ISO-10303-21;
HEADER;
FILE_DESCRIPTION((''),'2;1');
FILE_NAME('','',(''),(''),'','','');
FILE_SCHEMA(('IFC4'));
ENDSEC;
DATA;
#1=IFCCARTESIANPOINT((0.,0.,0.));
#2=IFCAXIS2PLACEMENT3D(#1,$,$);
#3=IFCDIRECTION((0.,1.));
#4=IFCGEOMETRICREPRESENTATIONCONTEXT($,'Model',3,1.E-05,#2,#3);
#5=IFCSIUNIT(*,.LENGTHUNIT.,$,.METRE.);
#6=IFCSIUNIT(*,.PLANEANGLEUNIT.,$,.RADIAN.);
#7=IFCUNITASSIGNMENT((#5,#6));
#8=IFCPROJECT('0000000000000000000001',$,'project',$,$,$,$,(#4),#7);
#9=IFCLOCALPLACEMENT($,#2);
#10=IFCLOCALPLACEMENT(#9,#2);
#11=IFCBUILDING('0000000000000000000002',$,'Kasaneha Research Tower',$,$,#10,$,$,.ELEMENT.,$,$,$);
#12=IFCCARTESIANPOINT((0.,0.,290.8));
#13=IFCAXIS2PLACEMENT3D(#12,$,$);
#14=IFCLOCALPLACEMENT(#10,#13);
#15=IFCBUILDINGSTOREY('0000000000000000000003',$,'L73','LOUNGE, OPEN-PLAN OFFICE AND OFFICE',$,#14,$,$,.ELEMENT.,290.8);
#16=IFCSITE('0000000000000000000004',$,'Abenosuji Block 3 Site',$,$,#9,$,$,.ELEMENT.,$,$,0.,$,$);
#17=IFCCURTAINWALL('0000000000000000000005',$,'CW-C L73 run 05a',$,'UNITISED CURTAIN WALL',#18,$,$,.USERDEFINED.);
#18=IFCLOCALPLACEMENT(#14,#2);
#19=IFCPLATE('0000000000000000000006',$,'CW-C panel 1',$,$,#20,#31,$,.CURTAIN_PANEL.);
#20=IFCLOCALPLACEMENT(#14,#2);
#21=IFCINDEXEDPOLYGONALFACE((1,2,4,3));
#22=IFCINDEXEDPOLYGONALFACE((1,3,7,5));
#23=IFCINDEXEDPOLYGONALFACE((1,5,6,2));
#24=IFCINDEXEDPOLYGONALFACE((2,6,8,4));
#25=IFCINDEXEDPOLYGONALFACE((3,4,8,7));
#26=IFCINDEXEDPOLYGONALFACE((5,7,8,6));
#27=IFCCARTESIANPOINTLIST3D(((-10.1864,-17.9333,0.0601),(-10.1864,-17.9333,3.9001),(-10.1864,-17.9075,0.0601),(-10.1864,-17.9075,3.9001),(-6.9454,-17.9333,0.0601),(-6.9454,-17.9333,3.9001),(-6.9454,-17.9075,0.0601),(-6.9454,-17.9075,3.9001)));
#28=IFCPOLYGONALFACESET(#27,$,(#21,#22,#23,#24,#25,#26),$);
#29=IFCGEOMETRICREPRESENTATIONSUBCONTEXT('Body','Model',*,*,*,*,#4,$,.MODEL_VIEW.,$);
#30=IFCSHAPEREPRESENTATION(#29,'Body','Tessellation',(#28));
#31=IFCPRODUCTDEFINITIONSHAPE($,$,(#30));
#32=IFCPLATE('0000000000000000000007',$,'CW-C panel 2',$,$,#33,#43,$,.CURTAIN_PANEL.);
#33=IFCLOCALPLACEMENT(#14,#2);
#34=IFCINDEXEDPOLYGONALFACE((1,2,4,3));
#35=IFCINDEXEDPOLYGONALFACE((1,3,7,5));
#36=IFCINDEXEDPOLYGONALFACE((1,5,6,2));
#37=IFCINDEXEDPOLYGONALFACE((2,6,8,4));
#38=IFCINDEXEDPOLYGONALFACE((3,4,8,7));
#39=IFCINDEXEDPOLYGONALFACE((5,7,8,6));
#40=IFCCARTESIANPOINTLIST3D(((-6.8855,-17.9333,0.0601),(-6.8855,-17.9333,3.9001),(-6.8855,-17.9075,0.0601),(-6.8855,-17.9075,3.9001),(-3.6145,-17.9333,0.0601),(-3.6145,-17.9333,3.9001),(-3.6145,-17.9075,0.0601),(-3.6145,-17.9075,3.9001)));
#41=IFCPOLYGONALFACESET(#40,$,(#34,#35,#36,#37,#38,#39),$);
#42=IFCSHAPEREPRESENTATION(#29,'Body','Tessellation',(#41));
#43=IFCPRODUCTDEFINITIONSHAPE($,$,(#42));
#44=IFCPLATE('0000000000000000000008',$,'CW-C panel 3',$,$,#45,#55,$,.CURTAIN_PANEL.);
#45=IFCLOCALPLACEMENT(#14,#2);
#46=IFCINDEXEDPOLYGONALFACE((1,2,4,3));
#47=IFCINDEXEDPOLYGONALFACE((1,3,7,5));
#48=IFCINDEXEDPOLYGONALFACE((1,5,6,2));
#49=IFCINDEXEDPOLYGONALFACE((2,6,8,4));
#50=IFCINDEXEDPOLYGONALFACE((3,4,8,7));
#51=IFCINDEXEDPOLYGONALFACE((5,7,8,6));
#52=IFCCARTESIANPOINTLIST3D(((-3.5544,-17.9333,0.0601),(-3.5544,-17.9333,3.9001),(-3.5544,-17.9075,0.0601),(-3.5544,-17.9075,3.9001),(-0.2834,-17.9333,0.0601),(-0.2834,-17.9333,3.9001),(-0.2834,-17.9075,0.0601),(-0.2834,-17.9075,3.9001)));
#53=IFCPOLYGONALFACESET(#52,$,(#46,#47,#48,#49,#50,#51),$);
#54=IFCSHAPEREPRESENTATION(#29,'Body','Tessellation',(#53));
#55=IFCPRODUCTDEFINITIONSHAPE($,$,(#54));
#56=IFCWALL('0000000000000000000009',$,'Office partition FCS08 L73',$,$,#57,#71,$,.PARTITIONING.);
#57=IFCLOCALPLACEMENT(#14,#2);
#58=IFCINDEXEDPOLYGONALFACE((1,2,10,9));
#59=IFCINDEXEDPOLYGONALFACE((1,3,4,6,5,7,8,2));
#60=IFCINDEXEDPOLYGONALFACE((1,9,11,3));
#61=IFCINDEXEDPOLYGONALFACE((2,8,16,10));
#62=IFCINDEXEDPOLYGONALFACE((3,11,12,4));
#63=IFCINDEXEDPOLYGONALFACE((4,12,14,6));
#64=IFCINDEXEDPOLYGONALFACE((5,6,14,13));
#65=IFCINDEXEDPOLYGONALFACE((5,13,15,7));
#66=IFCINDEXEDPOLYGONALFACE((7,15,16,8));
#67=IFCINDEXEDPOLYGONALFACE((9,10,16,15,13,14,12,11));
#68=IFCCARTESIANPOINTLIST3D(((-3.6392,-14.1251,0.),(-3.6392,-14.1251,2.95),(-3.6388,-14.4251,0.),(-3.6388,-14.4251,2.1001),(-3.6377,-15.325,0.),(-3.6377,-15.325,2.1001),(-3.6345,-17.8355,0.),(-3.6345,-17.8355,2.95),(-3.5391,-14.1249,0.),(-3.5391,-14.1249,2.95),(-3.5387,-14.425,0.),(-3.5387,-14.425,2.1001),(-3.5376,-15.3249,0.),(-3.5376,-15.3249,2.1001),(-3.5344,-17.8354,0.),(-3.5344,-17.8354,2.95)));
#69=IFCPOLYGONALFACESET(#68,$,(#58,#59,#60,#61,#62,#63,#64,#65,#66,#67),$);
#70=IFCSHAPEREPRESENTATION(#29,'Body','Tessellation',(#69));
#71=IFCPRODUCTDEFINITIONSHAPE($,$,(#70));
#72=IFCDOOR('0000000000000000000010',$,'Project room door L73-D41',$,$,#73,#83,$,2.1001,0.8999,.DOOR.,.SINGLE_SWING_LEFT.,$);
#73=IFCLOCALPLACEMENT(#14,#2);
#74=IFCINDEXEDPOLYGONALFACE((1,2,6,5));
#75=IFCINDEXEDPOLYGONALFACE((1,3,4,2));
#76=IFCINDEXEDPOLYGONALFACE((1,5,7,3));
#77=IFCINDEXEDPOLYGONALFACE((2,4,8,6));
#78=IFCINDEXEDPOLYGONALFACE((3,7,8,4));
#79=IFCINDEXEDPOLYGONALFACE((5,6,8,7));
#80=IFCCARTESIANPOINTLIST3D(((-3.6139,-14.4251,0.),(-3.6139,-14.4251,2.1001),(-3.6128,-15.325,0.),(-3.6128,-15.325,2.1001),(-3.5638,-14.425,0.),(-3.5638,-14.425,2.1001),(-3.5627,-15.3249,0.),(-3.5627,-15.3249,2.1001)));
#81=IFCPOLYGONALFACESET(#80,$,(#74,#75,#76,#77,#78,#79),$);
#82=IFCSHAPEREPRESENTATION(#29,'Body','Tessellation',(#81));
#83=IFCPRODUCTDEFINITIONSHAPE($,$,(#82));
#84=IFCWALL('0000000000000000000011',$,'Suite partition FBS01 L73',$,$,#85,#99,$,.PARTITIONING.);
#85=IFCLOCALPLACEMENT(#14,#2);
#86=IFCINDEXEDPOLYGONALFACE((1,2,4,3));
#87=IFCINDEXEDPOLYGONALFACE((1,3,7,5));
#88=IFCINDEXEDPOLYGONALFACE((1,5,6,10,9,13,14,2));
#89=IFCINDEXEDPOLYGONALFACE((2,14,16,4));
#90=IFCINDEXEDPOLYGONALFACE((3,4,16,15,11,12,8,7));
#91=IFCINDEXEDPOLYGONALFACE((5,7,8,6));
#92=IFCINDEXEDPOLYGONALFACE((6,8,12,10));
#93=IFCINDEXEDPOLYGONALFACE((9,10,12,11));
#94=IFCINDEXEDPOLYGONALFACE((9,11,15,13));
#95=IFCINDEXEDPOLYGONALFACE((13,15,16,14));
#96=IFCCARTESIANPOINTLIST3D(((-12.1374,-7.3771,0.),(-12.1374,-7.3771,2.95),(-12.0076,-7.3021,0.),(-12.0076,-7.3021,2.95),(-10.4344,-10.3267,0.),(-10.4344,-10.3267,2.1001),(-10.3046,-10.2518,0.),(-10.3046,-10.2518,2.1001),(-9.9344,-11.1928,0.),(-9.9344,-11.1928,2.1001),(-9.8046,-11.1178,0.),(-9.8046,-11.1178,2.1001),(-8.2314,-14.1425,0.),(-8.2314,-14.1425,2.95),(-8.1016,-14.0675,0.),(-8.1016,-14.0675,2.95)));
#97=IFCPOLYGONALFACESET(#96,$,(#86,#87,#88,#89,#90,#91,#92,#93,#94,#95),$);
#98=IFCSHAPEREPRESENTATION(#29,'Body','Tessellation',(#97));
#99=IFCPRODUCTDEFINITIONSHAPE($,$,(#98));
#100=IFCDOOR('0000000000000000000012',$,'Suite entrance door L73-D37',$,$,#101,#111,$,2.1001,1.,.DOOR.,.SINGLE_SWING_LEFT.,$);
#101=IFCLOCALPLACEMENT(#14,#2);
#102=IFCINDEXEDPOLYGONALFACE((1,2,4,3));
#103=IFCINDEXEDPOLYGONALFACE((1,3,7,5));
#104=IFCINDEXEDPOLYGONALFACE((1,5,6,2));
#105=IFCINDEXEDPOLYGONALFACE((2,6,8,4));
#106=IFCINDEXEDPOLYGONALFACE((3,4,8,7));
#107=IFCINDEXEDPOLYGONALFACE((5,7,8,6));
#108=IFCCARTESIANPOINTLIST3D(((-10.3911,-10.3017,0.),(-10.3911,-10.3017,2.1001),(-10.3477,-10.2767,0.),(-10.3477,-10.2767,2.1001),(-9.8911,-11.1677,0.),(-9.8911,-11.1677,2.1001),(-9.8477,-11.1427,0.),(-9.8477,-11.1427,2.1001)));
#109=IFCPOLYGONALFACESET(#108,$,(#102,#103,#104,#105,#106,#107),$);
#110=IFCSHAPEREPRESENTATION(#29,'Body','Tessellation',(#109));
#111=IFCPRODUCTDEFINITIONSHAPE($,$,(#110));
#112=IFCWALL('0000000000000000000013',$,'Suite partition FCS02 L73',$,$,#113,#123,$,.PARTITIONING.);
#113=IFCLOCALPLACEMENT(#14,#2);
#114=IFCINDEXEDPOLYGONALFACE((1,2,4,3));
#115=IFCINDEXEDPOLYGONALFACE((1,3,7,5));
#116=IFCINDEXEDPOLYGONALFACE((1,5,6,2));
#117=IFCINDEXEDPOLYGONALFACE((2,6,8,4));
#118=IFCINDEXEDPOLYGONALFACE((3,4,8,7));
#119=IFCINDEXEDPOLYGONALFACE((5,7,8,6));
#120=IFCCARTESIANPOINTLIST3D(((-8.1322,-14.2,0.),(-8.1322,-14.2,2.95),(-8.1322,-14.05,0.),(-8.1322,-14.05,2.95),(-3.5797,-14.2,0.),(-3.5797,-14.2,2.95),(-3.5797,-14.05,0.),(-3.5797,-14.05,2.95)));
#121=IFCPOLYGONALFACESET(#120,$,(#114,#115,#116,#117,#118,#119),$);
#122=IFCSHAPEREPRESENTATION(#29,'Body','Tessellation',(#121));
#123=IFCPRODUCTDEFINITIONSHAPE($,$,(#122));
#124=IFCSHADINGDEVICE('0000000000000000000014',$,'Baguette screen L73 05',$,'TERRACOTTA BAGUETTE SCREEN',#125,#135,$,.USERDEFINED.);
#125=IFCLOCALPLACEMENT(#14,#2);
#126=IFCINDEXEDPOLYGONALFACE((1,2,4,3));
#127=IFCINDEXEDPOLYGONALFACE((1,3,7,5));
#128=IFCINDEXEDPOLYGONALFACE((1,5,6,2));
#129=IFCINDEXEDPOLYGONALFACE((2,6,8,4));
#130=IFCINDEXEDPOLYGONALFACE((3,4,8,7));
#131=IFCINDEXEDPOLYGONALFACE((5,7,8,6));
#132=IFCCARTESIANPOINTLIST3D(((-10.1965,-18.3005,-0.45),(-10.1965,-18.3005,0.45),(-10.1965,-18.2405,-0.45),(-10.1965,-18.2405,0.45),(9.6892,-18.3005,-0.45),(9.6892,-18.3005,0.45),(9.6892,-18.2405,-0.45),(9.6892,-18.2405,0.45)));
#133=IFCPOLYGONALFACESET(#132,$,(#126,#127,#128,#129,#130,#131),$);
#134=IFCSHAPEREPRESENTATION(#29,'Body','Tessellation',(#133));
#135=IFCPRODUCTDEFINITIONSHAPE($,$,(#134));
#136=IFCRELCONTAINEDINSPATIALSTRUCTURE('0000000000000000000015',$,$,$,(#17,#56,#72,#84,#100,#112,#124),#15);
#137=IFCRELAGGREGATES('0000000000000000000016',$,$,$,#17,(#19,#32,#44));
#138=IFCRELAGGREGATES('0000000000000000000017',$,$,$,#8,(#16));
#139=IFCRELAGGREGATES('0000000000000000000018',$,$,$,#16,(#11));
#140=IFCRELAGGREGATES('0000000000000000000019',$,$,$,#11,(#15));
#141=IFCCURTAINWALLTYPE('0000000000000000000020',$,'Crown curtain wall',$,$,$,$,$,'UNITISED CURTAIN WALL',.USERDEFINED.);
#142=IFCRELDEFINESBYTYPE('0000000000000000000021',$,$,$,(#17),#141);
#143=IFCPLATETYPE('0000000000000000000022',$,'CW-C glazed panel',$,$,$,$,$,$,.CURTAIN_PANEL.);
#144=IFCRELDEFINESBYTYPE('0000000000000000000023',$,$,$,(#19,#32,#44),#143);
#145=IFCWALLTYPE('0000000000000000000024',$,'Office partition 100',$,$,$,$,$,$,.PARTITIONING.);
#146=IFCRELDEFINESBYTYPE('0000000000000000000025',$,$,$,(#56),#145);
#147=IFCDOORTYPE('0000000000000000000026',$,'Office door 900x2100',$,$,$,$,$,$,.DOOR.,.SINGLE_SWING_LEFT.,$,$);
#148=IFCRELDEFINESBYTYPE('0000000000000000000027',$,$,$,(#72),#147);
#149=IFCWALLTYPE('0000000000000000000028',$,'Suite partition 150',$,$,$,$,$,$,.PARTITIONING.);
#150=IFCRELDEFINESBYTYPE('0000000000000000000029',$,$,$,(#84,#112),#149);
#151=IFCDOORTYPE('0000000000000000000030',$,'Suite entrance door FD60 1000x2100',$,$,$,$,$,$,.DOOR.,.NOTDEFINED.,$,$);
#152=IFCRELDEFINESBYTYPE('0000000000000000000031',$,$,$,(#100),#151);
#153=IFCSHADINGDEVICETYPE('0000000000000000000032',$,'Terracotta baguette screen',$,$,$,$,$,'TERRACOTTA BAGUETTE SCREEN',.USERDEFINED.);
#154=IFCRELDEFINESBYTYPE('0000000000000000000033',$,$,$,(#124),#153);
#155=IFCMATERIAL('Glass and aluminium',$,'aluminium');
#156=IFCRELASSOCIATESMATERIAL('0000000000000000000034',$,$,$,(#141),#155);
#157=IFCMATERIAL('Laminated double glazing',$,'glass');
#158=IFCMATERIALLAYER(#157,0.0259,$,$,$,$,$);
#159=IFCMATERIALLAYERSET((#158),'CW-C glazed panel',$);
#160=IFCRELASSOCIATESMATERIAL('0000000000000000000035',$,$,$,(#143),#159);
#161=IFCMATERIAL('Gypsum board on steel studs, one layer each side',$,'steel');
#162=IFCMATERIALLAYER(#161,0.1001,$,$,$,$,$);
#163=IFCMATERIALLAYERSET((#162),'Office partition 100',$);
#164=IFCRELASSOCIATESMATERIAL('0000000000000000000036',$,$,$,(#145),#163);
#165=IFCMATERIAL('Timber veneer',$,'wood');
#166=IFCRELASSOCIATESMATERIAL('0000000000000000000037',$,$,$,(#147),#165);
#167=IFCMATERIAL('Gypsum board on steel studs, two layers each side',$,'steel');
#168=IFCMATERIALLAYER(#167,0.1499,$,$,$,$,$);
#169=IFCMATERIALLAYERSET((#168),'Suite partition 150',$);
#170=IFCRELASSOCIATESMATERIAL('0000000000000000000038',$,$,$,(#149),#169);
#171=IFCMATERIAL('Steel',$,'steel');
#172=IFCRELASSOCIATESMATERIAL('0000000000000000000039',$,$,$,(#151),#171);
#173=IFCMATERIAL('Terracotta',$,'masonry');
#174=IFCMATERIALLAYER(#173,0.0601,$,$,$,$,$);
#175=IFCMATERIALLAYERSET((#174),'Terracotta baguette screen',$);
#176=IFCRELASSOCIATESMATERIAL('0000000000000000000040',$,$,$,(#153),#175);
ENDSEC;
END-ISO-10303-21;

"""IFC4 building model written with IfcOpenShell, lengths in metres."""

from ifc_helpers import new_model, si_unit, direction, frame, frame_2d, origin, origin_2d, place, context, subcontext, project, spatial, rectangle, extrude, material, layer, layer_set, type_object, element, fill, aggregate, save


model = new_model("IFC4")

# Units and contexts
model_context = context("Model", 3, precision=1e-05, world=origin(), true_north=direction((0.0, 1.0)))
body_context = subcontext(model_context, "Body", "Model", "MODEL_VIEW")
ifc_project = project(units=[si_unit("LENGTHUNIT", "METRE"), si_unit("PLANEANGLEUNIT", "RADIAN")], contexts=[model_context])

# Site, building, storey
site_placement = place(None, origin())
site = spatial("IfcSite", under=ifc_project, at=site_placement, Name="Abenosuji Block 3 Site", CompositionType="ELEMENT", RefElevation=0.0)
building_placement = place(site_placement, origin())
building = spatial("IfcBuilding", under=site, at=building_placement, Name="Kasaneha Research Tower", CompositionType="ELEMENT")
storey_placement = place(building_placement, frame((0.0, 0.0, 290.8)))
storey = spatial("IfcBuildingStorey", under=building, at=storey_placement, Name="L73", Description="LOUNGE, OPEN-PLAN OFFICE AND OFFICE", CompositionType="ELEMENT", Elevation=290.8)

# Curtain wall
ifc_material_1 = material(Name="Glass and aluminium", Category="aluminium")
curtain_wall_type = type_object("IfcCurtainWallType", Name="Crown curtain wall", ElementType="UNITISED CURTAIN WALL", PredefinedType="USERDEFINED", material=ifc_material_1)
curtain_wall_placement = place(storey_placement, origin())
curtain_wall = element("IfcCurtainWall", 1, at=curtain_wall_placement, inside=storey, type_object=curtain_wall_type, Name="CW-C L73 run 05a", ObjectType="UNITISED CURTAIN WALL", PredefinedType="USERDEFINED")

# Plates
ifc_material_2 = material(Name="Laminated double glazing", Category="glass")
ifc_layer_1 = layer(ifc_material_2, 0.0259)
ifc_layer_set_1 = layer_set([ifc_layer_1], Name="CW-C glazed panel")
plate_type = type_object("IfcPlateType", Name="CW-C glazed panel", PredefinedType="CURTAIN_PANEL", material=ifc_layer_set_1)
plate_1_placement = place(storey_placement, frame((-8.5659, -17.9204, 0.0601), z_axis=(0.0, 0.0, 1.0), x_axis=(1.0, 0.0, 0.0)))
plate_1 = element("IfcPlate", 2, at=plate_1_placement, type_object=plate_type, Name="CW-C panel 1", PredefinedType="CURTAIN_PANEL", context=body_context, shape_type="SweptSolid", body=[
    extrude(rectangle(XDim=3.241, YDim=0.0259, at=origin_2d()), origin(), (0.0, 0.0, 1.0), 3.8401),
])
plate_2_placement = place(storey_placement, frame((-5.25, -17.9204, 0.0601), z_axis=(0.0, 0.0, 1.0), x_axis=(1.0, 0.0, 0.0)))
plate_2 = element("IfcPlate", 3, at=plate_2_placement, type_object=plate_type, Name="CW-C panel 2", PredefinedType="CURTAIN_PANEL", context=body_context, shape_type="SweptSolid", body=[
    extrude(rectangle(XDim=3.271, YDim=0.0259, at=origin_2d()), origin(), (0.0, 0.0, 1.0), 3.8401),
])
plate_3_placement = place(storey_placement, frame((-1.9189, -17.9204, 0.0601), z_axis=(0.0, 0.0, 1.0), x_axis=(1.0, 0.0, 0.0)))
plate_3 = element("IfcPlate", 4, at=plate_3_placement, type_object=plate_type, Name="CW-C panel 3", PredefinedType="CURTAIN_PANEL", context=body_context, shape_type="SweptSolid", body=[
    extrude(rectangle(XDim=3.271, YDim=0.0259, at=origin_2d()), origin(), (0.0, 0.0, 1.0), 3.8401),
])
aggregate(curtain_wall, [plate_1, plate_2, plate_3])

# Walls, openings, doors
ifc_material_3 = material(Name="Gypsum board on steel studs, one layer each side", Category="steel")
ifc_layer_2 = layer(ifc_material_3, 0.1001)
ifc_layer_set_2 = layer_set([ifc_layer_2], Name="Office partition 100")
wall_type_1 = type_object("IfcWallType", Name="Office partition 100", PredefinedType="PARTITIONING", material=ifc_layer_set_2)
wall_1_placement = place(storey_placement, frame((-3.5891, -14.125, 0.0), z_axis=(0.0, 0.0, 1.0), x_axis=(0.00125, -0.999999, 0.0)))
wall_1 = element("IfcWall", 5, at=wall_1_placement, inside=storey, type_object=wall_type_1, Name="Office partition FCS08 L73", PredefinedType="PARTITIONING", context=body_context, shape_type="SweptSolid", body=[
    extrude(rectangle(XDim=3.7104, YDim=0.1001, at=frame_2d((1.8552, 0.0))), origin(), (0.0, 0.0, 1.0), 2.95),
])
opening_1_placement = place(wall_1_placement, frame((0.3, 0.0, 0.0)))
opening_1 = element("IfcOpeningElement", 6, at=opening_1_placement, cuts=wall_1, PredefinedType="OPENING", context=body_context, shape_type="SweptSolid", body=[
    extrude(rectangle(XDim=0.8999, YDim=2.1001, at=frame_2d((0.45, 1.05))), frame((0.0, 0.0601, 0.0), z_axis=(0.0, -1.0, 0.0), x_axis=(1.0, 0.0, 0.0)), (0.0, 0.0, 1.0), 0.1201),
])
ifc_material_4 = material(Name="Timber veneer", Category="wood")
door_type_1 = type_object("IfcDoorType", Name="Office door 900x2100", OperationType="SINGLE_SWING_LEFT", PredefinedType="DOOR", material=ifc_material_4)
door_1_placement = place(opening_1_placement, origin())
door_1 = element("IfcDoor", 7, at=door_1_placement, inside=storey, type_object=door_type_1, Name="Project room door L73-D41", OperationType="SINGLE_SWING_LEFT", OverallHeight=2.1001, OverallWidth=0.8999, PredefinedType="DOOR", context=body_context, shape_type="SweptSolid", body=[
    extrude(rectangle(XDim=0.8999, YDim=2.1001, at=frame_2d((0.45, 1.05))), frame((0.0, 0.0249, 0.0), z_axis=(0.0, -1.0, 0.0), x_axis=(1.0, 0.0, 0.0)), (0.0, 0.0, 1.0), 0.05),
])
fill(opening_1, door_1)
ifc_material_5 = material(Name="Gypsum board on steel studs, two layers each side", Category="steel")
ifc_layer_3 = layer(ifc_material_5, 0.1499)
ifc_layer_set_3 = layer_set([ifc_layer_3], Name="Suite partition 150")
wall_type_2 = type_object("IfcWallType", Name="Suite partition 150", PredefinedType="PARTITIONING", material=ifc_layer_set_3)
wall_2_placement = place(storey_placement, frame((-8.1665, -14.105, 0.0), z_axis=(0.0, 0.0, 1.0), x_axis=(-0.500001, 0.866025, 0.0)))
wall_2 = element("IfcWall", 8, at=wall_2_placement, inside=storey, type_object=wall_type_2, Name="Suite partition FBS01 L73", PredefinedType="PARTITIONING", context=body_context, shape_type="SweptSolid", body=[
    extrude(rectangle(XDim=7.812, YDim=0.1499, at=frame_2d((3.906, 0.0))), origin(), (0.0, 0.0, 1.0), 2.95),
])
opening_2_placement = place(wall_2_placement, frame((3.406, 0.0, 0.0)))
opening_2 = element("IfcOpeningElement", 9, at=opening_2_placement, cuts=wall_2, PredefinedType="OPENING", context=body_context, shape_type="SweptSolid", body=[
    extrude(rectangle(XDim=1.0, YDim=2.1001, at=frame_2d((0.5, 1.05))), frame((0.0, 0.085, 0.0), z_axis=(0.0, -1.0, 0.0), x_axis=(1.0, 0.0, 0.0)), (0.0, 0.0, 1.0), 0.1699),
])
ifc_material_6 = material(Name="Steel", Category="steel")
door_type_2 = type_object("IfcDoorType", Name="Suite entrance door FD60 1000x2100", OperationType="NOTDEFINED", PredefinedType="DOOR", material=ifc_material_6)
door_2_placement = place(opening_2_placement, origin())
door_2 = element("IfcDoor", 10, at=door_2_placement, inside=storey, type_object=door_type_2, Name="Suite entrance door L73-D37", OperationType="SINGLE_SWING_LEFT", OverallHeight=2.1001, OverallWidth=1.0, PredefinedType="DOOR", context=body_context, shape_type="SweptSolid", body=[
    extrude(rectangle(XDim=1.0, YDim=2.1001, at=frame_2d((0.5, 1.05))), frame((0.0, 0.0249, 0.0), z_axis=(0.0, -1.0, 0.0), x_axis=(1.0, 0.0, 0.0)), (0.0, 0.0, 1.0), 0.05),
])
fill(opening_2, door_2)

# Wall
wall_3_placement = place(storey_placement, frame((-3.5796, -14.125, 0.0), z_axis=(0.0, 0.0, 1.0), x_axis=(-1.0, 0.0, 0.0)))
element("IfcWall", 11, at=wall_3_placement, inside=storey, type_object=wall_type_2, Name="Suite partition FCS02 L73", PredefinedType="PARTITIONING", context=body_context, shape_type="SweptSolid", body=[
    extrude(rectangle(XDim=4.5525, YDim=0.1499, at=frame_2d((2.2764, 0.0))), origin(), (0.0, 0.0, 1.0), 2.95),
])

# Shading device
ifc_material_7 = material(Name="Terracotta", Category="masonry")
ifc_layer_4 = layer(ifc_material_7, 0.0601)
ifc_layer_set_4 = layer_set([ifc_layer_4], Name="Terracotta baguette screen")
shading_device_type = type_object("IfcShadingDeviceType", Name="Terracotta baguette screen", ElementType="TERRACOTTA BAGUETTE SCREEN", PredefinedType="USERDEFINED", material=ifc_layer_set_4)
shading_device_placement = place(storey_placement, frame((-0.2537, -18.2705, -0.45), z_axis=(0.0, 0.0, 1.0), x_axis=(1.0, 0.0, 0.0)))
element("IfcShadingDevice", 12, at=shading_device_placement, inside=storey, type_object=shading_device_type, Name="Baguette screen L73 05", ObjectType="TERRACOTTA BAGUETTE SCREEN", PredefinedType="USERDEFINED", context=body_context, shape_type="SweptSolid", body=[
    extrude(rectangle(XDim=19.8857, YDim=0.0601, at=origin_2d()), origin(), (0.0, 0.0, 1.0), 0.8999),
])

save(model, "model.ifc")
